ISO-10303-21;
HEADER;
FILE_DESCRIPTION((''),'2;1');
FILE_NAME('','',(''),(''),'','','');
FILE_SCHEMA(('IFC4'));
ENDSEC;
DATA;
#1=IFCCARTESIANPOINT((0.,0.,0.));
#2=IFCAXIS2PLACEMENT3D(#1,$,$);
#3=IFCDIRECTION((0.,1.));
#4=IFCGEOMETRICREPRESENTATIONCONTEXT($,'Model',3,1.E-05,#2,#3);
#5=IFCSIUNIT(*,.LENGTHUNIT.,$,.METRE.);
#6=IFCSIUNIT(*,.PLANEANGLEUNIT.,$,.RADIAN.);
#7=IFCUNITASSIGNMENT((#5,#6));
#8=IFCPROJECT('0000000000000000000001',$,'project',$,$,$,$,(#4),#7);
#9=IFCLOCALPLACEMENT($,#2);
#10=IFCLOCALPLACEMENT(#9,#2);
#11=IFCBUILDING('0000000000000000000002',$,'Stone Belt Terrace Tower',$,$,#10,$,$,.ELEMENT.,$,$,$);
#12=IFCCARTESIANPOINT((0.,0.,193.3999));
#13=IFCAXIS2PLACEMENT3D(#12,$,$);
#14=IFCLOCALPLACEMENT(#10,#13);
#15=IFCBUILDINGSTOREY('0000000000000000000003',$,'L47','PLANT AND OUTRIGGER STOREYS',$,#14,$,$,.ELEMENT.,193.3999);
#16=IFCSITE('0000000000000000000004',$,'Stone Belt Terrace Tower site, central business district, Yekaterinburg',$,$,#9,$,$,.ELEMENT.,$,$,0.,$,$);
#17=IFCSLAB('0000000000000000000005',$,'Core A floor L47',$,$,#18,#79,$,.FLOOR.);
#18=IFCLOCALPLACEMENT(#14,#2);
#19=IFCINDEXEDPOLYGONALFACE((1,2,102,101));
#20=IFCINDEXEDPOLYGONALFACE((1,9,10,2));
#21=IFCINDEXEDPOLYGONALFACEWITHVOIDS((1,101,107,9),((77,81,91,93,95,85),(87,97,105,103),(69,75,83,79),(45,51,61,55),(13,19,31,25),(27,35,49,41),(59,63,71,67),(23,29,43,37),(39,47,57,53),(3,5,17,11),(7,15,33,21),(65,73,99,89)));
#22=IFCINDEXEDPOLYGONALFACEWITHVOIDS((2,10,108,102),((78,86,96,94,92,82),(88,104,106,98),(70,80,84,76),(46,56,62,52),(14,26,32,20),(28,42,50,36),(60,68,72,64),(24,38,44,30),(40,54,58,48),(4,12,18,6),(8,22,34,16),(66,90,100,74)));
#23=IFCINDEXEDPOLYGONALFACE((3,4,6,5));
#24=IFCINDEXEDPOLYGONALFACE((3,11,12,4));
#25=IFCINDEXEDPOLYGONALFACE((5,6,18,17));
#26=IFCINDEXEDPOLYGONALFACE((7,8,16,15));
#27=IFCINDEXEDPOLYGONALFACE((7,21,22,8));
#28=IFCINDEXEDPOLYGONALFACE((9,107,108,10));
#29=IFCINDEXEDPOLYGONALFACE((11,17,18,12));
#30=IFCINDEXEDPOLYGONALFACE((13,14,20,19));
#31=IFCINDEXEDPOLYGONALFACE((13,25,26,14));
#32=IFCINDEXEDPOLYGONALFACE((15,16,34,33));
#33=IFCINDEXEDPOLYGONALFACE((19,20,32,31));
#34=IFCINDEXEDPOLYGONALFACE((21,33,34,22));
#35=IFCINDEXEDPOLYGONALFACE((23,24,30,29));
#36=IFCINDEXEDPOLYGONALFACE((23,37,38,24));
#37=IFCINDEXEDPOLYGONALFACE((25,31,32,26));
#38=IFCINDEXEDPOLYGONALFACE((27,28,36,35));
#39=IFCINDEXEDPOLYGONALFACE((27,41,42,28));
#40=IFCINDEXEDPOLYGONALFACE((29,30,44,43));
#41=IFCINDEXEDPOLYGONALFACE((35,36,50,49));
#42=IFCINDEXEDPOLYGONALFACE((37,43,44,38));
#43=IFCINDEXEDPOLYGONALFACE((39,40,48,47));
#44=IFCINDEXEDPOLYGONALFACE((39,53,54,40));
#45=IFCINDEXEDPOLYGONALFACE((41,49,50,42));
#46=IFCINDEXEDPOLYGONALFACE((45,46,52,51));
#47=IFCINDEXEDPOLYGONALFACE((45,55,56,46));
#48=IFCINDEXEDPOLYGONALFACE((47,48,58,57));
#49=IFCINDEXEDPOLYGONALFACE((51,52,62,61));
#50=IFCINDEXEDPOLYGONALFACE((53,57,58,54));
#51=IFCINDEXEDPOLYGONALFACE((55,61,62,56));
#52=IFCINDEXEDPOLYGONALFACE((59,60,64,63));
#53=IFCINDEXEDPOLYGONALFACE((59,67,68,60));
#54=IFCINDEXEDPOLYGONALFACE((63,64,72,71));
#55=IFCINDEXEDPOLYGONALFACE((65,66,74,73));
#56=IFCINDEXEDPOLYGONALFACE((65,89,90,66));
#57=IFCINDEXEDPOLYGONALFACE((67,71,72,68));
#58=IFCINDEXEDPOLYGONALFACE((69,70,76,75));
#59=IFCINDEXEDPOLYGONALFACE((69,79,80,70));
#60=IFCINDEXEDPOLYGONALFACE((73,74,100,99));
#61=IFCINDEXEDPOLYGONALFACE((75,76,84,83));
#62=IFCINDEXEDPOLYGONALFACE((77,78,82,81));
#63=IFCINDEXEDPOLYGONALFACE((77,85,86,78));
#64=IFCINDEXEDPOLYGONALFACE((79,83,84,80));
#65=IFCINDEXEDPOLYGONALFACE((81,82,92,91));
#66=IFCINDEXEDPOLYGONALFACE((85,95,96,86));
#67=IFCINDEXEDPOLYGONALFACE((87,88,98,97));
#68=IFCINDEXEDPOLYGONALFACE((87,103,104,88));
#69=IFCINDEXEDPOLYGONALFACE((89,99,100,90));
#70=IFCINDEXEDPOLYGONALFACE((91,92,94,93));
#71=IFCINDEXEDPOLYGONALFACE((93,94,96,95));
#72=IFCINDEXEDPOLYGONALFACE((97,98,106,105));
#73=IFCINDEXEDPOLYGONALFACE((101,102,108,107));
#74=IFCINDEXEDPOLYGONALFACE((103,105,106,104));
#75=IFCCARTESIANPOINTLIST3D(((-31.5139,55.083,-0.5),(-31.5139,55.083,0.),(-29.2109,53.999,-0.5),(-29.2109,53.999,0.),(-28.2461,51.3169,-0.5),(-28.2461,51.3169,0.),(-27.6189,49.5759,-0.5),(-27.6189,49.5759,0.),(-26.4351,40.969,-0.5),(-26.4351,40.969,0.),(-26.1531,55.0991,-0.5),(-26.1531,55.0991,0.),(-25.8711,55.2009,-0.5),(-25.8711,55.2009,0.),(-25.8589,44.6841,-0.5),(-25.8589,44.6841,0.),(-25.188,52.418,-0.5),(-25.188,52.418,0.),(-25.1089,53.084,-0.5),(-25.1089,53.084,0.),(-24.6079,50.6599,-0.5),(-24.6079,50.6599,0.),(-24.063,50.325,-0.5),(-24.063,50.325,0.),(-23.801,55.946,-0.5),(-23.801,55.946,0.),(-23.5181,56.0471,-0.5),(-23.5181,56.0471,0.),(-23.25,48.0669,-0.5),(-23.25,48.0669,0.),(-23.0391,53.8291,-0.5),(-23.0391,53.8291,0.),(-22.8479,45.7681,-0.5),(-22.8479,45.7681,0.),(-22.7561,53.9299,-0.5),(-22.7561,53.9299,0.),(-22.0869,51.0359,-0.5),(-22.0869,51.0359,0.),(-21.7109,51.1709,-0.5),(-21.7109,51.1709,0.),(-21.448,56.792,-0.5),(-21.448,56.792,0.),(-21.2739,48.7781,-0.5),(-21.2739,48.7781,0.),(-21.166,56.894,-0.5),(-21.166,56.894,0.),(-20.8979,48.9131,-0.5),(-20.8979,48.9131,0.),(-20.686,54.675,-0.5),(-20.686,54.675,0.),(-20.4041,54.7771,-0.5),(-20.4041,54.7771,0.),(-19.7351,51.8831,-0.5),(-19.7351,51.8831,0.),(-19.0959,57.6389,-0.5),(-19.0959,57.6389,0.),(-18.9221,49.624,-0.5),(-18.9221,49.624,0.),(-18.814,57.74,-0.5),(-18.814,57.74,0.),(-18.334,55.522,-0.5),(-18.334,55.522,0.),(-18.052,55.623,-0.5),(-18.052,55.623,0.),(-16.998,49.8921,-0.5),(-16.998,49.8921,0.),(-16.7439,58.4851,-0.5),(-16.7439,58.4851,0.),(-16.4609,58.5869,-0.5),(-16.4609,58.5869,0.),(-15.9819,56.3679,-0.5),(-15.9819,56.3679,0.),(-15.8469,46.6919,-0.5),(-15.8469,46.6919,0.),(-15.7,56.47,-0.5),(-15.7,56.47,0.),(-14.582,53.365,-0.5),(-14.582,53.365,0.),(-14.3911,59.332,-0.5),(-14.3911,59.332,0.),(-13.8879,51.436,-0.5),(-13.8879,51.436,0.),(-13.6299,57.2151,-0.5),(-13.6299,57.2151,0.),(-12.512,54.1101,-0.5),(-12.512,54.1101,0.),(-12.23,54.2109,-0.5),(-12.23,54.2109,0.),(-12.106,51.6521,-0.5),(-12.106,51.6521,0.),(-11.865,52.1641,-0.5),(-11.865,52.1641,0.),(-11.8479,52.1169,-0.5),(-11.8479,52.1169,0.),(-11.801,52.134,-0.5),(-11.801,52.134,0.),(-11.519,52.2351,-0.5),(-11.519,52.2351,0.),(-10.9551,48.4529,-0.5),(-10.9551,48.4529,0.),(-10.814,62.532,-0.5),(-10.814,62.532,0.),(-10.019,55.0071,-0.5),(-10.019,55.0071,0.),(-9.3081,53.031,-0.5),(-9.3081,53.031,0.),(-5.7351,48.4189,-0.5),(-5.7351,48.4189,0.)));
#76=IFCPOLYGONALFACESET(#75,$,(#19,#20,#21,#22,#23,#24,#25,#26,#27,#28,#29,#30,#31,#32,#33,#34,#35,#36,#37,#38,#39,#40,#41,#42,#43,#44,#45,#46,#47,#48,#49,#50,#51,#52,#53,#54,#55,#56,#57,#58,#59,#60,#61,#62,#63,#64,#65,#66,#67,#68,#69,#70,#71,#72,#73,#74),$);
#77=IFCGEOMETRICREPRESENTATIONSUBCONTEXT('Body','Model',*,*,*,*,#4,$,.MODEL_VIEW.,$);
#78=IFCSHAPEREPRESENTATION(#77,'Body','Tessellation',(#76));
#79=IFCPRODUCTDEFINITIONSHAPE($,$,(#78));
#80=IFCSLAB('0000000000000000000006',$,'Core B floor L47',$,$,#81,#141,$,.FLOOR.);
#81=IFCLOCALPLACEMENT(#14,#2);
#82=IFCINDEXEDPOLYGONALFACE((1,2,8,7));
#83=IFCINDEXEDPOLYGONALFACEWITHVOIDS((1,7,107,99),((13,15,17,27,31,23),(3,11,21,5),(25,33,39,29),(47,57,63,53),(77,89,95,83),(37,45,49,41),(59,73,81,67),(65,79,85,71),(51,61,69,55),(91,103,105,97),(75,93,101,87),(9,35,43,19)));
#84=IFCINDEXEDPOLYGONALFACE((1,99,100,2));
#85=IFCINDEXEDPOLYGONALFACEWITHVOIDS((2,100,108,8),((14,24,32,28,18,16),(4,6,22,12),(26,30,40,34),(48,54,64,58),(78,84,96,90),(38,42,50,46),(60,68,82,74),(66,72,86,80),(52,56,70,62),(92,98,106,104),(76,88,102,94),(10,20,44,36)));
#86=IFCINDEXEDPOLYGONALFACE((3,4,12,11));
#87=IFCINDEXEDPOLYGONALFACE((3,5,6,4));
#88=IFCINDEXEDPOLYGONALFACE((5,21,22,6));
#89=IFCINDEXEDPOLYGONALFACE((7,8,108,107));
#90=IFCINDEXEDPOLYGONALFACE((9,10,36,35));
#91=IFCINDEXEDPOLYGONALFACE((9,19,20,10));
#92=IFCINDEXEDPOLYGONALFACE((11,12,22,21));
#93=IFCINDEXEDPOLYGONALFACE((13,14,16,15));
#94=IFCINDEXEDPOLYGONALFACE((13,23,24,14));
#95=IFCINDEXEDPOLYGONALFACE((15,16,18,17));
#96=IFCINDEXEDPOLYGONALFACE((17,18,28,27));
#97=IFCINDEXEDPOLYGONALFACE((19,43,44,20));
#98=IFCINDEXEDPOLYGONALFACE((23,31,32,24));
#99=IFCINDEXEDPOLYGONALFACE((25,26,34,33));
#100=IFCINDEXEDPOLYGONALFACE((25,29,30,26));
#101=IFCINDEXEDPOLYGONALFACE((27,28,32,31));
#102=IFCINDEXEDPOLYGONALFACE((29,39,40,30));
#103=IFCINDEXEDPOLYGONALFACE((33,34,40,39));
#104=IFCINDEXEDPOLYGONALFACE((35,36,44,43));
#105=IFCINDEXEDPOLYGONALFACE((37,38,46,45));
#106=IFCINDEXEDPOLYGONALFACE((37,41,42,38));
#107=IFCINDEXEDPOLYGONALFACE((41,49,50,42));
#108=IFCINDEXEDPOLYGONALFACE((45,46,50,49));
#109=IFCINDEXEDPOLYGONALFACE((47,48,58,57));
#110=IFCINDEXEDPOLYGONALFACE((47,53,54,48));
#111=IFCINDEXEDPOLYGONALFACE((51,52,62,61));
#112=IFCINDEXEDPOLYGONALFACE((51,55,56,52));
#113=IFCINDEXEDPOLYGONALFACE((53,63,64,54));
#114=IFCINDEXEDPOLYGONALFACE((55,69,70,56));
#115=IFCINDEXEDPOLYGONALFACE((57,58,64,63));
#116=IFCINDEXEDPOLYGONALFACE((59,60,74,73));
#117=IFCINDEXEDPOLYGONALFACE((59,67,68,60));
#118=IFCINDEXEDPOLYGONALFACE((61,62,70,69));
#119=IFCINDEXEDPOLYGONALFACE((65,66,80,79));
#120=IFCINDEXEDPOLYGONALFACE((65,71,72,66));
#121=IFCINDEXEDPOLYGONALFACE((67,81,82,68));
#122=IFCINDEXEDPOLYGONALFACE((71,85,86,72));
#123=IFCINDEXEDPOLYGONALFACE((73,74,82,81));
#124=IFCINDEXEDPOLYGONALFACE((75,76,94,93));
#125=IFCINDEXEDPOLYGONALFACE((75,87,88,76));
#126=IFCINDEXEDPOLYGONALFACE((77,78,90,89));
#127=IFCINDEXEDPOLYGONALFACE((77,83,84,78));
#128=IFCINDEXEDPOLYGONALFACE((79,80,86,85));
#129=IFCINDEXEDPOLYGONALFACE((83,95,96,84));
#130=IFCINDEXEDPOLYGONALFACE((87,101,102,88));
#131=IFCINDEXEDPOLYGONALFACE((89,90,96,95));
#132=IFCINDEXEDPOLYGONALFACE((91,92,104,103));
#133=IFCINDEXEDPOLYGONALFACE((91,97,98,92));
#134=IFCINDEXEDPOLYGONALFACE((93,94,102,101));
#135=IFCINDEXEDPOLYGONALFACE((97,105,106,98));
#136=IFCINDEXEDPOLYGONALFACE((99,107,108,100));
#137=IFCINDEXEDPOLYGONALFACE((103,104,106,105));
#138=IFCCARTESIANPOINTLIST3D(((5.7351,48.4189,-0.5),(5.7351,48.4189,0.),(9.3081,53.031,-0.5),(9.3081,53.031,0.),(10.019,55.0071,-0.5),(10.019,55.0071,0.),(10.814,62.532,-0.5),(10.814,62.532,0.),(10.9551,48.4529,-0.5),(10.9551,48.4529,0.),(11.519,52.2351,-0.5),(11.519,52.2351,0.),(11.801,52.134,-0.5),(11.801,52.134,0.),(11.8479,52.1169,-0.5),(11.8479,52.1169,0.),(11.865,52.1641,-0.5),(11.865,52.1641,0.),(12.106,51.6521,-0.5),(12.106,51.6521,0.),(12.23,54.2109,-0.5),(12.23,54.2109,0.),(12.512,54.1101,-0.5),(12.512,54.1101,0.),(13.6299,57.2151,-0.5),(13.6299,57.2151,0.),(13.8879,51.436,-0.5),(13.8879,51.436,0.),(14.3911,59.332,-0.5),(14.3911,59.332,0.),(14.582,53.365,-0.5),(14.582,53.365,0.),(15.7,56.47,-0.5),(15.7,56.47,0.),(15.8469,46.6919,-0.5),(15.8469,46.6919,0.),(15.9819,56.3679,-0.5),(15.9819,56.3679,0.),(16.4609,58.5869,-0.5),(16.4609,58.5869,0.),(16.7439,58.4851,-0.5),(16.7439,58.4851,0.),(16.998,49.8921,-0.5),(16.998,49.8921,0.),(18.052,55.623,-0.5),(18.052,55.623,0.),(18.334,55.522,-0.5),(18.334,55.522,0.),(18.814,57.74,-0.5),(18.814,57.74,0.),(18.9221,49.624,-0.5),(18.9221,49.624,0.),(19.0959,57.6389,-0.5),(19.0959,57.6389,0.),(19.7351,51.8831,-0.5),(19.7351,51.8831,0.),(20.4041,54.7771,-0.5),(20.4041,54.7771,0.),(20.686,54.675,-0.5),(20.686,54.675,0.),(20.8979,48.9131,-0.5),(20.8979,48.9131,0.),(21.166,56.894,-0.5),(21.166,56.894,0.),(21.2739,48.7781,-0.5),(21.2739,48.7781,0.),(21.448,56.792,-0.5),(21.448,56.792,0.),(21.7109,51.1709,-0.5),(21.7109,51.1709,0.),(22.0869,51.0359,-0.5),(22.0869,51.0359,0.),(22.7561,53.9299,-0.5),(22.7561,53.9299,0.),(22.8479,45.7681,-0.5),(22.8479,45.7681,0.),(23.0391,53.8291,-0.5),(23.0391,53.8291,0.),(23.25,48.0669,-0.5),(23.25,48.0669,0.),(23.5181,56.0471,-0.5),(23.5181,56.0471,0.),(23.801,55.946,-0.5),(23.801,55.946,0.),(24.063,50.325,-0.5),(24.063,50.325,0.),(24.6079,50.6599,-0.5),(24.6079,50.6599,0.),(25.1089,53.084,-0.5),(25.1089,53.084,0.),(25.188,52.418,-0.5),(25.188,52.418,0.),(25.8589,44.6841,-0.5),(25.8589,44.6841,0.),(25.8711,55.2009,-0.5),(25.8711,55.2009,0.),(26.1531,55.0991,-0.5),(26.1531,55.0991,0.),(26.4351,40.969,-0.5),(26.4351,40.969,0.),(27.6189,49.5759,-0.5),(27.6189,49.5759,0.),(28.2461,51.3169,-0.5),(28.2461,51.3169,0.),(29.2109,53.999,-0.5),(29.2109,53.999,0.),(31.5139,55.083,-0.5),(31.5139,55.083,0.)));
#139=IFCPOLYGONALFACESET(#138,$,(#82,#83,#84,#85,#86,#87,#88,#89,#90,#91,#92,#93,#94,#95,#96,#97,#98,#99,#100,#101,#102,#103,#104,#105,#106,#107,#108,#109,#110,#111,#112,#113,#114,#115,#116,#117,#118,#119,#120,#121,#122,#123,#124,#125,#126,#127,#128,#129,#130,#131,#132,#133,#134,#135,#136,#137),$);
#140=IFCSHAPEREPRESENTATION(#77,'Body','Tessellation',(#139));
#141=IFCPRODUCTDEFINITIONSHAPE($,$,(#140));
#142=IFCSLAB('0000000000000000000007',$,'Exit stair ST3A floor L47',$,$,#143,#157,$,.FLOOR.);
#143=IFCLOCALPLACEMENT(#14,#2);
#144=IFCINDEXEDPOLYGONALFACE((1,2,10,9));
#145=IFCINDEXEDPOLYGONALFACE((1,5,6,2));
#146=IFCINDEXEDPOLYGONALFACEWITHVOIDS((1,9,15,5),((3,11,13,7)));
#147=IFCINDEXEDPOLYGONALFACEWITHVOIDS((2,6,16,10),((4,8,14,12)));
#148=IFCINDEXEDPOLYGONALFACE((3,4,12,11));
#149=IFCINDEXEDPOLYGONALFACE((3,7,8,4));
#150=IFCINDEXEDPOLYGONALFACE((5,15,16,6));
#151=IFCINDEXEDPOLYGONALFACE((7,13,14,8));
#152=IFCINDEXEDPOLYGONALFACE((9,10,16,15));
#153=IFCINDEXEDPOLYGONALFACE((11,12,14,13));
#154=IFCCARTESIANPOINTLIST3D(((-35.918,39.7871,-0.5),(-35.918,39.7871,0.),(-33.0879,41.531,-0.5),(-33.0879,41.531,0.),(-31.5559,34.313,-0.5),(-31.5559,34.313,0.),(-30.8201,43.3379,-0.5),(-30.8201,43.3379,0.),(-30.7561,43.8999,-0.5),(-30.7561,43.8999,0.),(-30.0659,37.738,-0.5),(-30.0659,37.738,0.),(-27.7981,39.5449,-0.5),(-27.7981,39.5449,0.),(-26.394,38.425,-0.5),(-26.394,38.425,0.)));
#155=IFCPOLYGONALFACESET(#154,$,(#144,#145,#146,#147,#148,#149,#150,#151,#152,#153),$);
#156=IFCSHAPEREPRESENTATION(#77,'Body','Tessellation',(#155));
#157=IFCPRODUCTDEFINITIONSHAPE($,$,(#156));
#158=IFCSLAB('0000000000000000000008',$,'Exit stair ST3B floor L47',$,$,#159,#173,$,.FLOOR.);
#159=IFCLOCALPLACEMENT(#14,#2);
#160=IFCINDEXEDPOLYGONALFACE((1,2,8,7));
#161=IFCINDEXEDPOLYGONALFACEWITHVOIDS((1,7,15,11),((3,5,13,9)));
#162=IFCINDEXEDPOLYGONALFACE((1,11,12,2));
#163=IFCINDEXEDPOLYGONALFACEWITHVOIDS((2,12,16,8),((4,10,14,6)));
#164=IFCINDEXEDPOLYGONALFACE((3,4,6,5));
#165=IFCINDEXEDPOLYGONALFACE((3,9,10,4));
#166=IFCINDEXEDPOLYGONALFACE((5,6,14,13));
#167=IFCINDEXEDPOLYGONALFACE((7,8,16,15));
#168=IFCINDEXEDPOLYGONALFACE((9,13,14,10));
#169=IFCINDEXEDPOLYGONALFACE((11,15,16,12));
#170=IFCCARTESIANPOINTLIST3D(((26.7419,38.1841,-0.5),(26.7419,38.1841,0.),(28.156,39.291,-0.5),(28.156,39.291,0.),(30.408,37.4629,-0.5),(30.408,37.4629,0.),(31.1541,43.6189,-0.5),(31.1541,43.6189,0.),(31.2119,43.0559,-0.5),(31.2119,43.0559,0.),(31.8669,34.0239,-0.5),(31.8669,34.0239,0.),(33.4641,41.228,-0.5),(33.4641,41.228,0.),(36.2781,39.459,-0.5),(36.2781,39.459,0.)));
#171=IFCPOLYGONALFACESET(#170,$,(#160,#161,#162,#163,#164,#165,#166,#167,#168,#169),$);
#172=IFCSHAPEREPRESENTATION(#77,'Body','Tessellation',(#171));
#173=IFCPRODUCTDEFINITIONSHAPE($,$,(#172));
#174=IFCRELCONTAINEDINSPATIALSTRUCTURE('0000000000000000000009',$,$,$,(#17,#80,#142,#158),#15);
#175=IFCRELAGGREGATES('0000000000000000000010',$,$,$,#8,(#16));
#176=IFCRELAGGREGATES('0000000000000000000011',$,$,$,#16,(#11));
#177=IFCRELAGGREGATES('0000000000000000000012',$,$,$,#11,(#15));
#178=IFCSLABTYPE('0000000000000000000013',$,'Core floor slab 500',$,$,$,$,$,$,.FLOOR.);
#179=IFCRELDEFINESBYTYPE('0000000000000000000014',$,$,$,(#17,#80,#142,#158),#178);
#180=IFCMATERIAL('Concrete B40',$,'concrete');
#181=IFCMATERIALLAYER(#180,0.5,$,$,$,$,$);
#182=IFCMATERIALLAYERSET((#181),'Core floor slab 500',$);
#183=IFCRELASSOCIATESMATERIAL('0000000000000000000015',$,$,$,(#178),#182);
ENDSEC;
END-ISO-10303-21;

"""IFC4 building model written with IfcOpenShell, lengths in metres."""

from ifc_helpers import new_model, si_unit, direction, frame, origin, place, context, subcontext, project, spatial, polyline, outline, extrude, material, layer, layer_set, type_object, element, save


model = new_model("IFC4")

# Units and contexts
model_context = context("Model", 3, precision=1e-05, world=origin(), true_north=direction((0.0, 1.0)))
body_context = subcontext(model_context, "Body", "Model", "MODEL_VIEW")
ifc_project = project(units=[si_unit("LENGTHUNIT", "METRE"), si_unit("PLANEANGLEUNIT", "RADIAN")], contexts=[model_context])

# Site, building, storey
site_placement = place(None, origin())
site = spatial("IfcSite", under=ifc_project, at=site_placement, Name="Stone Belt Terrace Tower site, central business district, Yekaterinburg", CompositionType="ELEMENT", RefElevation=0.0)
building_placement = place(site_placement, origin())
building = spatial("IfcBuilding", under=site, at=building_placement, Name="Stone Belt Terrace Tower", CompositionType="ELEMENT")
storey_placement = place(building_placement, frame((0.0, 0.0, 193.3999)))
storey = spatial("IfcBuildingStorey", under=building, at=storey_placement, Name="L47", Description="PLANT AND OUTRIGGER STOREYS", CompositionType="ELEMENT", Elevation=193.3999)

# Slabs
ifc_material_1 = material(Name="Concrete B40", Category="concrete")
ifc_layer_1 = layer(ifc_material_1, 0.5)
ifc_layer_set_1 = layer_set([ifc_layer_1], Name="Core floor slab 500")
slab_type = type_object("IfcSlabType", Name="Core floor slab 500", PredefinedType="FLOOR", material=ifc_layer_set_1)
slab_1_placement = place(storey_placement, frame((0.0, 0.0, -0.5)))
element("IfcSlab", 1, at=slab_1_placement, inside=storey, type_object=slab_type, Name="Core A floor L47", PredefinedType="FLOOR", context=body_context, shape_type="SweptSolid", body=[
    extrude(outline(polyline([(-26.4351, 40.969), (-5.7351, 48.4189), (-10.814, 62.532), (-31.5139, 55.083), (-26.4351, 40.969)]), holes=[polyline([(-24.6079, 50.6599), (-22.8479, 45.7681), (-25.8589, 44.6841), (-27.6189, 49.5759), (-24.6079, 50.6599)]), polyline([(-21.2739, 48.7781), (-23.25, 48.0669), (-24.063, 50.325), (-22.0869, 51.0359), (-21.2739, 48.7781)]), polyline([(-18.9221, 49.624), (-20.8979, 48.9131), (-21.7109, 51.1709), (-19.7351, 51.8831), (-18.9221, 49.624)]), polyline([(-28.2461, 51.3169), (-29.2109, 53.999), (-26.1531, 55.0991), (-25.188, 52.418), (-28.2461, 51.3169)]), polyline([(-23.801, 55.946), (-23.0391, 53.8291), (-25.1089, 53.084), (-25.8711, 55.2009), (-23.801, 55.946)]), polyline([(-21.448, 56.792), (-20.686, 54.675), (-22.7561, 53.9299), (-23.5181, 56.0471), (-21.448, 56.792)]), polyline([(-10.9551, 48.4529), (-15.8469, 46.6919), (-16.998, 49.8921), (-12.106, 51.6521), (-10.9551, 48.4529)]), polyline([(-11.8479, 52.1169), (-11.865, 52.1641), (-13.8879, 51.436), (-14.582, 53.365), (-12.512, 54.1101), (-11.801, 52.134), (-11.8479, 52.1169)]), polyline([(-9.3081, 53.031), (-11.519, 52.2351), (-12.23, 54.2109), (-10.019, 55.0071), (-9.3081, 53.031)]), polyline([(-21.166, 56.894), (-19.0959, 57.6389), (-18.334, 55.522), (-20.4041, 54.7771), (-21.166, 56.894)]), polyline([(-16.7439, 58.4851), (-15.9819, 56.3679), (-18.052, 55.623), (-18.814, 57.74), (-16.7439, 58.4851)]), polyline([(-14.3911, 59.332), (-13.6299, 57.2151), (-15.7, 56.47), (-16.4609, 58.5869), (-14.3911, 59.332)])]), origin(), (0.0, 0.0, 1.0), 0.5),
])
slab_2_placement = place(storey_placement, frame((0.0, 0.0, -0.5)))
element("IfcSlab", 2, at=slab_2_placement, inside=storey, type_object=slab_type, Name="Core B floor L47", PredefinedType="FLOOR", context=body_context, shape_type="SweptSolid", body=[
    extrude(outline(polyline([(26.4351, 40.969), (31.5139, 55.083), (10.814, 62.532), (5.7351, 48.4189), (26.4351, 40.969)]), holes=[polyline([(12.106, 51.6521), (16.998, 49.8921), (15.8469, 46.6919), (10.9551, 48.4529), (12.106, 51.6521)]), polyline([(12.512, 54.1101), (14.582, 53.365), (13.8879, 51.436), (11.865, 52.1641), (11.8479, 52.1169), (11.801, 52.134), (12.512, 54.1101)]), polyline([(9.3081, 53.031), (10.019, 55.0071), (12.23, 54.2109), (11.519, 52.2351), (9.3081, 53.031)]), polyline([(18.334, 55.522), (19.0959, 57.6389), (21.166, 56.894), (20.4041, 54.7771), (18.334, 55.522)]), polyline([(16.7439, 58.4851), (18.814, 57.74), (18.052, 55.623), (15.9819, 56.3679), (16.7439, 58.4851)]), polyline([(14.3911, 59.332), (16.4609, 58.5869), (15.7, 56.47), (13.6299, 57.2151), (14.3911, 59.332)]), polyline([(27.6189, 49.5759), (25.8589, 44.6841), (22.8479, 45.7681), (24.6079, 50.6599), (27.6189, 49.5759)]), polyline([(21.2739, 48.7781), (22.0869, 51.0359), (24.063, 50.325), (23.25, 48.0669), (21.2739, 48.7781)]), polyline([(18.9221, 49.624), (19.7351, 51.8831), (21.7109, 51.1709), (20.8979, 48.9131), (18.9221, 49.624)]), polyline([(26.1531, 55.0991), (29.2109, 53.999), (28.2461, 51.3169), (25.188, 52.418), (26.1531, 55.0991)]), polyline([(23.801, 55.946), (25.8711, 55.2009), (25.1089, 53.084), (23.0391, 53.8291), (23.801, 55.946)]), polyline([(21.448, 56.792), (23.5181, 56.0471), (22.7561, 53.9299), (20.686, 54.675), (21.448, 56.792)])]), origin(), (0.0, 0.0, 1.0), 0.5),
])
slab_3_placement = place(storey_placement, frame((0.0, 0.0, -0.5)))
element("IfcSlab", 3, at=slab_3_placement, inside=storey, type_object=slab_type, Name="Exit stair ST3A floor L47", PredefinedType="FLOOR", context=body_context, shape_type="SweptSolid", body=[
    extrude(outline(polyline([(-26.394, 38.425), (-30.7561, 43.8999), (-35.918, 39.7871), (-31.5559, 34.313), (-26.394, 38.425)]), holes=[polyline([(-27.7981, 39.5449), (-30.0659, 37.738), (-33.0879, 41.531), (-30.8201, 43.3379), (-27.7981, 39.5449)])]), origin(), (0.0, 0.0, 1.0), 0.5),
])
slab_4_placement = place(storey_placement, frame((0.0, 0.0, -0.5)))
element("IfcSlab", 4, at=slab_4_placement, inside=storey, type_object=slab_type, Name="Exit stair ST3B floor L47", PredefinedType="FLOOR", context=body_context, shape_type="SweptSolid", body=[
    extrude(outline(polyline([(26.7419, 38.1841), (31.8669, 34.0239), (36.2781, 39.459), (31.1541, 43.6189), (26.7419, 38.1841)]), holes=[polyline([(30.408, 37.4629), (28.156, 39.291), (31.2119, 43.0559), (33.4641, 41.228), (30.408, 37.4629)])]), origin(), (0.0, 0.0, 1.0), 0.5),
])

save(model, "model.ifc")
